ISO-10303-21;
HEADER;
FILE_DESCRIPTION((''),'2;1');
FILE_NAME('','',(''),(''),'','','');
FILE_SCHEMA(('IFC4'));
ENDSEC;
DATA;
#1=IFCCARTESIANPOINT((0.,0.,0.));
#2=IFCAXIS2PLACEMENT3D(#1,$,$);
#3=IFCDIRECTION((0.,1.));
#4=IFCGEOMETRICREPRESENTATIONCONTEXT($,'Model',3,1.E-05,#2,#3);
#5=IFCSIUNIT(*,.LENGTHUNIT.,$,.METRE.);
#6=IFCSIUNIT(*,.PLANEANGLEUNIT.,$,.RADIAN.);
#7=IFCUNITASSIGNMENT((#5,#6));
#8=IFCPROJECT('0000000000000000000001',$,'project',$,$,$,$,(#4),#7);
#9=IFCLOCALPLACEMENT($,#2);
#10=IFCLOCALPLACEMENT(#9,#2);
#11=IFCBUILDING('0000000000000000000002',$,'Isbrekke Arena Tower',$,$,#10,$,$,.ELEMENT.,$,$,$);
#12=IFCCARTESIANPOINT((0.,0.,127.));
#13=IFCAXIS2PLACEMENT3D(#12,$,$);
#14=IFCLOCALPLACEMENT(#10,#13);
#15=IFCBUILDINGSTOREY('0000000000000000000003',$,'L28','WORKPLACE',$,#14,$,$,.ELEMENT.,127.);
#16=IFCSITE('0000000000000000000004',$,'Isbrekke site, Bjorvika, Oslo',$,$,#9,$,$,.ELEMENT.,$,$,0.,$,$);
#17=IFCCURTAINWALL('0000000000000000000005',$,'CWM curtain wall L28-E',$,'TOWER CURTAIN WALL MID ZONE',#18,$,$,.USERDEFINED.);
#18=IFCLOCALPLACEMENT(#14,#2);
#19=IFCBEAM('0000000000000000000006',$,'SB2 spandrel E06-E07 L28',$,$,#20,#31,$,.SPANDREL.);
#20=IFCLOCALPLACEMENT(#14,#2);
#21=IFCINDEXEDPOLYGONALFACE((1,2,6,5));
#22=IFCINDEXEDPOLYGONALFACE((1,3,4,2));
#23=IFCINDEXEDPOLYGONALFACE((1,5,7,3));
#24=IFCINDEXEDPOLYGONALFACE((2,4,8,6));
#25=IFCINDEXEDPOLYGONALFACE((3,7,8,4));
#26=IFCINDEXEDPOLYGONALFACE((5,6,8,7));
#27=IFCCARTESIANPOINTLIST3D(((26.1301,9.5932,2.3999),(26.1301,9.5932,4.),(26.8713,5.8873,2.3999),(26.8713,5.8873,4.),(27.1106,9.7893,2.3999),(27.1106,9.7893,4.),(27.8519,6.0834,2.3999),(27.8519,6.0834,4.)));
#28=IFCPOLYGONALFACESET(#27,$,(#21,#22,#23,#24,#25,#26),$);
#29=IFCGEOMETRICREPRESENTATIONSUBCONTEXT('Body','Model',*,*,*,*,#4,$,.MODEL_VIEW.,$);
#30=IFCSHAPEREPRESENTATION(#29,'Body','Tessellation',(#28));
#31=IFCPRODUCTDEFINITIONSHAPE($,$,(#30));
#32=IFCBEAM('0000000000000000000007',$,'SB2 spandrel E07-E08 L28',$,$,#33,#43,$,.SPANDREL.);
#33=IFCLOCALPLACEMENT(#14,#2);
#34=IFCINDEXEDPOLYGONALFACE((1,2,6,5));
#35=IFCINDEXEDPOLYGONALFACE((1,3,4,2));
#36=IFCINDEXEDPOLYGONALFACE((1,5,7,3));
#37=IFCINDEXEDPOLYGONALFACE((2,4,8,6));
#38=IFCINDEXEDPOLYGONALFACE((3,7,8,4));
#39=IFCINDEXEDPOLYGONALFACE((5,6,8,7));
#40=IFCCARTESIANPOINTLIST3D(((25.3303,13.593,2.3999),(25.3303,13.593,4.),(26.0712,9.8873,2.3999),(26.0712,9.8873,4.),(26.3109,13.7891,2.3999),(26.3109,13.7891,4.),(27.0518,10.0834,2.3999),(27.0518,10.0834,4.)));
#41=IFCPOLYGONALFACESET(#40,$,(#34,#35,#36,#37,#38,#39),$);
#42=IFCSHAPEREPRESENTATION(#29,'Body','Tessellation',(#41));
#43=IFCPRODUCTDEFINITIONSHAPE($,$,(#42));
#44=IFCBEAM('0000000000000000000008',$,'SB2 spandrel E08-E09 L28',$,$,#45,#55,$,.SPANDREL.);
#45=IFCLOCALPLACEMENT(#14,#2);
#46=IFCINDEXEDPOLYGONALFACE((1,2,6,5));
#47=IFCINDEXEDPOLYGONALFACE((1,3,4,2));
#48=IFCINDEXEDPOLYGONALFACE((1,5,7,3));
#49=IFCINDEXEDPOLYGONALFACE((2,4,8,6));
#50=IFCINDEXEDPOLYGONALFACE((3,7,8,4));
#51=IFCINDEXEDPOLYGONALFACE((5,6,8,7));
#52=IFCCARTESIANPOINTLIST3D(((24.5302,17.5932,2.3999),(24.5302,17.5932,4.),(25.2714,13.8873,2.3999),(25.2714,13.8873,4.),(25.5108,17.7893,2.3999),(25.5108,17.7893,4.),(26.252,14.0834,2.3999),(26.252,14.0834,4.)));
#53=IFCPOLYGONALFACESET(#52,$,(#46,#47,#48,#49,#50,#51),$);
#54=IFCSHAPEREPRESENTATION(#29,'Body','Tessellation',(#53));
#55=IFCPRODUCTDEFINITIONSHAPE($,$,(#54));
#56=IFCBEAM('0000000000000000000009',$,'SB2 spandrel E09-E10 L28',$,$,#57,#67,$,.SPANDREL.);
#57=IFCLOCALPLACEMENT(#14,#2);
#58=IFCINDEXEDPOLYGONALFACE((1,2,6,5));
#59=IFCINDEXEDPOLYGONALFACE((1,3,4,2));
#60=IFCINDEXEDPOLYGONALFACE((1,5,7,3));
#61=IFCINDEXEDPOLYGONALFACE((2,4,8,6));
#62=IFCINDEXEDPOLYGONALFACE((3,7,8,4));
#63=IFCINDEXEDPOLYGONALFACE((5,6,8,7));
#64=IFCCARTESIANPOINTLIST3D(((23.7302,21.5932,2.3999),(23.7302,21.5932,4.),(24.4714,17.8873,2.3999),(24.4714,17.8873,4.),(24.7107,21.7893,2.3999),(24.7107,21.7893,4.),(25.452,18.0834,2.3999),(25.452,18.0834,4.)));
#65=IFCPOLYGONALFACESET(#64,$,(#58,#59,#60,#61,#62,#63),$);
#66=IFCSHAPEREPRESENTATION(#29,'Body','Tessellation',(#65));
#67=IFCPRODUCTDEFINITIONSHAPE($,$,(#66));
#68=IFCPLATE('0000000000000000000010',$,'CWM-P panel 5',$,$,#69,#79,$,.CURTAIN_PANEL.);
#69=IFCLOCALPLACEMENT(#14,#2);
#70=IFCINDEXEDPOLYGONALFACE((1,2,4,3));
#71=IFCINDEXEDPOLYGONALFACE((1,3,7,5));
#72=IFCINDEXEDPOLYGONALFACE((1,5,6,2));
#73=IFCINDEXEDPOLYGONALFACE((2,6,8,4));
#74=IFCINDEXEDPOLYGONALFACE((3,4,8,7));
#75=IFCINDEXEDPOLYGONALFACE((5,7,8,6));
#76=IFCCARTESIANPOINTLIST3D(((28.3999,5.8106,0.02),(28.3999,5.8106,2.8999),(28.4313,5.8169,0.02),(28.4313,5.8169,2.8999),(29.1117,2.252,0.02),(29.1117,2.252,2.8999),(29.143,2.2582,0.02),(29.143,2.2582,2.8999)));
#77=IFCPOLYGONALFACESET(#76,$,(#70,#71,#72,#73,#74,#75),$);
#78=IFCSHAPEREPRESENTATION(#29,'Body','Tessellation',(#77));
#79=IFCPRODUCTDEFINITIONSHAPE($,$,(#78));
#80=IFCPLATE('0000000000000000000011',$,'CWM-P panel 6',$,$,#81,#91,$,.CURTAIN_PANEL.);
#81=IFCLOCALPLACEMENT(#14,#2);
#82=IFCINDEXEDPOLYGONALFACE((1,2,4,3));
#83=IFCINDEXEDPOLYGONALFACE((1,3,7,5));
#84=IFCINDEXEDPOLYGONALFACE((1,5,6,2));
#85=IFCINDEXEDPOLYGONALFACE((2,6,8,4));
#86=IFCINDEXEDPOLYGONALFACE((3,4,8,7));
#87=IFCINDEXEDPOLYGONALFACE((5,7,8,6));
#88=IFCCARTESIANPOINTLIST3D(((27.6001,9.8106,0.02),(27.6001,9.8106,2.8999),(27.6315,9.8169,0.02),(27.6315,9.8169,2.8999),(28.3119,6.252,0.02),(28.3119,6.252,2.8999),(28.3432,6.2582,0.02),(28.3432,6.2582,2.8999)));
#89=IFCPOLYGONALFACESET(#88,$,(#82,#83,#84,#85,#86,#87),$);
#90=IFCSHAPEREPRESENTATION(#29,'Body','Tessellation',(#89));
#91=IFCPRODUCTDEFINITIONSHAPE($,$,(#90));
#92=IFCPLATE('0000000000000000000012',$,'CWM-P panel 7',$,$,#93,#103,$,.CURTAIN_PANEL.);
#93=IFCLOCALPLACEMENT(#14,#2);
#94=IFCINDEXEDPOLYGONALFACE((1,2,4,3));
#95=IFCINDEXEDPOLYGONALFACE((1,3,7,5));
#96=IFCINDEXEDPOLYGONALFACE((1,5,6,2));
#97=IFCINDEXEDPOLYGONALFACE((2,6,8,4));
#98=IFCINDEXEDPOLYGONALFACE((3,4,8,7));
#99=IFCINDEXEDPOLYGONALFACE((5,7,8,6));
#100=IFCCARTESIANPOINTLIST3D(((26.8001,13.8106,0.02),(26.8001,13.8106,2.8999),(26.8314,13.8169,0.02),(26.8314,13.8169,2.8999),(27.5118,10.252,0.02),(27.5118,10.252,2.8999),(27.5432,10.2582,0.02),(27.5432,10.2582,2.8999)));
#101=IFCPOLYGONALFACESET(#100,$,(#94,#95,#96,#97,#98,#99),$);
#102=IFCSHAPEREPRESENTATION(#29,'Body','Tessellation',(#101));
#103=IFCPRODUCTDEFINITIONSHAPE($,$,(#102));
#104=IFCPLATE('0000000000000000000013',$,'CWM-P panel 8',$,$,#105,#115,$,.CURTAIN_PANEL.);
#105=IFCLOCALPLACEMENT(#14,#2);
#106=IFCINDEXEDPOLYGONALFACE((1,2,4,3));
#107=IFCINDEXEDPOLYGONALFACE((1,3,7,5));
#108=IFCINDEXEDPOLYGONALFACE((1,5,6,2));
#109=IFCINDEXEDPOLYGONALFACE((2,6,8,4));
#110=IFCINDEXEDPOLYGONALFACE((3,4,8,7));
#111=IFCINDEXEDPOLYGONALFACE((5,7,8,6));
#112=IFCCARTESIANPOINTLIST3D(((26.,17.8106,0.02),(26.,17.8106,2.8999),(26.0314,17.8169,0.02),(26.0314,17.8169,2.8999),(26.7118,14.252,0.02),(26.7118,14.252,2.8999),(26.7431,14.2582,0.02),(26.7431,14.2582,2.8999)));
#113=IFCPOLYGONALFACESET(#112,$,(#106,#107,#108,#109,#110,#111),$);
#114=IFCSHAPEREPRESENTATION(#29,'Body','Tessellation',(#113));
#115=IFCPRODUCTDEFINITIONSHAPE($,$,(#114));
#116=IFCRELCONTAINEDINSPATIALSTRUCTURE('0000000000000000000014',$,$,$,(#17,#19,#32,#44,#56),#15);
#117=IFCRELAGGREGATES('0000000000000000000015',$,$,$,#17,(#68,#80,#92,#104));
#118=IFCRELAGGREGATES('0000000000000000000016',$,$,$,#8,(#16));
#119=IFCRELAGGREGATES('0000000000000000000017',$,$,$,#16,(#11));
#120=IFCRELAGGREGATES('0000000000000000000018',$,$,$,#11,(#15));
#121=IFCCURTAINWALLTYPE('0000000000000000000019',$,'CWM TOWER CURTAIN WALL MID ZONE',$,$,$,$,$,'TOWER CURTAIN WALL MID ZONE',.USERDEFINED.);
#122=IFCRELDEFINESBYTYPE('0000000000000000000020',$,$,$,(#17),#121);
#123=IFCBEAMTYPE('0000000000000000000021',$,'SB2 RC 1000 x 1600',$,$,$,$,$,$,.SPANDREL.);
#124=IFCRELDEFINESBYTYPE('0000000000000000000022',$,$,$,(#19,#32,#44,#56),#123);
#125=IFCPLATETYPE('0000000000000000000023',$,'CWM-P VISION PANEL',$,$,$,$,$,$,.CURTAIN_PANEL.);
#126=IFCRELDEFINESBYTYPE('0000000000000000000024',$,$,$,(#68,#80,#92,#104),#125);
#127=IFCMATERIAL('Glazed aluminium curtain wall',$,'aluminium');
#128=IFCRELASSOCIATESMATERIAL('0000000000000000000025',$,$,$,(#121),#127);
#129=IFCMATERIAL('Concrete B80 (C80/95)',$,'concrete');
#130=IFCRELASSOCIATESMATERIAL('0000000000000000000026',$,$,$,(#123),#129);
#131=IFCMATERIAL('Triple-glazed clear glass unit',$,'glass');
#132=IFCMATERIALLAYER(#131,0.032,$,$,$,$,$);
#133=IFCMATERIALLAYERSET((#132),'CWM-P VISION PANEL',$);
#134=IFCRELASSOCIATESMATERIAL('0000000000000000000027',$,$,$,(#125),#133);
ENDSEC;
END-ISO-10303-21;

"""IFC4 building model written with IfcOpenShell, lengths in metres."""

from ifc_helpers import new_model, si_unit, direction, frame, origin, origin_2d, place, context, subcontext, project, spatial, rectangle, extrude, material, layer, layer_set, material_profile, profile_set, type_object, element, aggregate, save


model = new_model("IFC4")

# Units and contexts
model_context = context("Model", 3, precision=1e-05, world=origin(), true_north=direction((0.0, 1.0)))
body_context = subcontext(model_context, "Body", "Model", "MODEL_VIEW")
ifc_project = project(units=[si_unit("LENGTHUNIT", "METRE"), si_unit("PLANEANGLEUNIT", "RADIAN")], contexts=[model_context])

# Site, building, storey
site_placement = place(None, origin())
site = spatial("IfcSite", under=ifc_project, at=site_placement, Name="Isbrekke site, Bjorvika, Oslo", CompositionType="ELEMENT", RefElevation=0.0)
building_placement = place(site_placement, origin())
building = spatial("IfcBuilding", under=site, at=building_placement, Name="Isbrekke Arena Tower", CompositionType="ELEMENT")
storey_placement = place(building_placement, frame((0.0, 0.0, 127.0)))
storey = spatial("IfcBuildingStorey", under=building, at=storey_placement, Name="L28", Description="WORKPLACE", CompositionType="ELEMENT", Elevation=127.0)

# Curtain wall
ifc_material_1 = material(Name="Glazed aluminium curtain wall", Category="aluminium")
curtain_wall_type = type_object("IfcCurtainWallType", Name="CWM TOWER CURTAIN WALL MID ZONE", ElementType="TOWER CURTAIN WALL MID ZONE", PredefinedType="USERDEFINED", material=ifc_material_1)
curtain_wall_placement = place(storey_placement, origin())
curtain_wall = element("IfcCurtainWall", 1, at=curtain_wall_placement, inside=storey, type_object=curtain_wall_type, Name="CWM curtain wall L28-E", ObjectType="TOWER CURTAIN WALL MID ZONE", PredefinedType="USERDEFINED")

# Beams
ifc_material_2 = material(Name="Concrete B80 (C80/95)", Category="concrete")
ifc_material_profile_1 = material_profile(ifc_material_2, rectangle(XDim=1.0, YDim=1.6001, at=origin_2d()), Name="RC 1000x1600")
ifc_profile_set_1 = profile_set([ifc_material_profile_1], Name="Concrete B80 (C80/95)")
beam_type_1 = type_object("IfcBeamType", Name="SB2 RC 1000 x 1600", PredefinedType="SPANDREL", material=ifc_profile_set_1)
for number, where, z_axis, x_axis, name in (
    (2, (27.3616, 5.9854, 3.2), (-0.196129, 0.980578, 0.0), (-0.980578, -0.196129, 0.0), "SB2 spandrel E06-E07 L28"),
):
    element("IfcBeam", number, at=place(storey_placement, frame(where, z_axis=z_axis, x_axis=x_axis)), inside=storey, type_object=beam_type_1, Name=name, PredefinedType="SPANDREL", context=body_context, shape_type="SweptSolid", body=[
        extrude(rectangle(XDim=1.0, YDim=1.6001, at=origin_2d()), origin(), (0.0, 0.0, 1.0), 3.7793),
    ])
beam_1_placement = place(storey_placement, frame((26.5615, 9.9854, 3.2), z_axis=(-0.196066, 0.980591, 0.0), x_axis=(-0.980591, -0.196066, 0.0)))
element("IfcBeam", 3, at=beam_1_placement, inside=storey, type_object=beam_type_1, Name="SB2 spandrel E07-E08 L28", PredefinedType="SPANDREL", context=body_context, shape_type="SweptSolid", body=[
    extrude(rectangle(XDim=1.0, YDim=1.6001, at=origin_2d()), origin(), (0.0, 0.0, 1.0), 3.7791),
])
for number, where, z_axis, x_axis, name in (
    (4, (25.7617, 13.9854, 3.2), (-0.196129, 0.980578, 0.0), (-0.980578, -0.196129, 0.0), "SB2 spandrel E08-E09 L28"),
    (5, (24.9617, 17.9854, 3.2), (-0.196129, 0.980578, 0.0), (-0.980578, -0.196129, 0.0), "SB2 spandrel E09-E10 L28"),
):
    element("IfcBeam", number, at=place(storey_placement, frame(where, z_axis=z_axis, x_axis=x_axis)), inside=storey, type_object=beam_type_1, Name=name, PredefinedType="SPANDREL", context=body_context, shape_type="SweptSolid", body=[
        extrude(rectangle(XDim=1.0, YDim=1.6001, at=origin_2d()), origin(), (0.0, 0.0, 1.0), 3.7793),
    ])

# Plates
ifc_material_3 = material(Name="Triple-glazed clear glass unit", Category="glass")
ifc_layer = layer(ifc_material_3, 0.032)
ifc_layer_set = layer_set([ifc_layer], Name="CWM-P VISION PANEL")
plate_type = type_object("IfcPlateType", Name="CWM-P VISION PANEL", PredefinedType="CURTAIN_PANEL", material=ifc_layer_set)
plate_1_placement = place(storey_placement, frame((28.7715, 4.0344, 0.02), z_axis=(0.0, 0.0, 1.0), x_axis=(-0.196116, 0.980581, 0.0)))
plate_1 = element("IfcPlate", 6, at=plate_1_placement, type_object=plate_type, Name="CWM-P panel 5", PredefinedType="CURTAIN_PANEL", context=body_context, shape_type="SweptSolid", body=[
    extrude(rectangle(XDim=3.6292, YDim=0.032, at=origin_2d()), origin(), (0.0, 0.0, 1.0), 2.8799),
])
plate_2_placement = place(storey_placement, frame((27.9717, 8.0344, 0.02), z_axis=(0.0, 0.0, 1.0), x_axis=(-0.196116, 0.980581, 0.0)))
plate_2 = element("IfcPlate", 7, at=plate_2_placement, type_object=plate_type, Name="CWM-P panel 6", PredefinedType="CURTAIN_PANEL", context=body_context, shape_type="SweptSolid", body=[
    extrude(rectangle(XDim=3.6292, YDim=0.032, at=origin_2d()), origin(), (0.0, 0.0, 1.0), 2.8799),
])
plate_3_placement = place(storey_placement, frame((27.1716, 12.0344, 0.02), z_axis=(0.0, 0.0, 1.0), x_axis=(-0.196116, 0.980581, 0.0)))
plate_3 = element("IfcPlate", 8, at=plate_3_placement, type_object=plate_type, Name="CWM-P panel 7", PredefinedType="CURTAIN_PANEL", context=body_context, shape_type="SweptSolid", body=[
    extrude(rectangle(XDim=3.6292, YDim=0.032, at=origin_2d()), origin(), (0.0, 0.0, 1.0), 2.8799),
])
plate_4_placement = place(storey_placement, frame((26.3716, 16.0344, 0.02), z_axis=(0.0, 0.0, 1.0), x_axis=(-0.196116, 0.980581, 0.0)))
plate_4 = element("IfcPlate", 9, at=plate_4_placement, type_object=plate_type, Name="CWM-P panel 8", PredefinedType="CURTAIN_PANEL", context=body_context, shape_type="SweptSolid", body=[
    extrude(rectangle(XDim=3.6292, YDim=0.032, at=origin_2d()), origin(), (0.0, 0.0, 1.0), 2.8799),
])
aggregate(curtain_wall, [plate_1, plate_2, plate_3, plate_4])

save(model, "model.ifc")
